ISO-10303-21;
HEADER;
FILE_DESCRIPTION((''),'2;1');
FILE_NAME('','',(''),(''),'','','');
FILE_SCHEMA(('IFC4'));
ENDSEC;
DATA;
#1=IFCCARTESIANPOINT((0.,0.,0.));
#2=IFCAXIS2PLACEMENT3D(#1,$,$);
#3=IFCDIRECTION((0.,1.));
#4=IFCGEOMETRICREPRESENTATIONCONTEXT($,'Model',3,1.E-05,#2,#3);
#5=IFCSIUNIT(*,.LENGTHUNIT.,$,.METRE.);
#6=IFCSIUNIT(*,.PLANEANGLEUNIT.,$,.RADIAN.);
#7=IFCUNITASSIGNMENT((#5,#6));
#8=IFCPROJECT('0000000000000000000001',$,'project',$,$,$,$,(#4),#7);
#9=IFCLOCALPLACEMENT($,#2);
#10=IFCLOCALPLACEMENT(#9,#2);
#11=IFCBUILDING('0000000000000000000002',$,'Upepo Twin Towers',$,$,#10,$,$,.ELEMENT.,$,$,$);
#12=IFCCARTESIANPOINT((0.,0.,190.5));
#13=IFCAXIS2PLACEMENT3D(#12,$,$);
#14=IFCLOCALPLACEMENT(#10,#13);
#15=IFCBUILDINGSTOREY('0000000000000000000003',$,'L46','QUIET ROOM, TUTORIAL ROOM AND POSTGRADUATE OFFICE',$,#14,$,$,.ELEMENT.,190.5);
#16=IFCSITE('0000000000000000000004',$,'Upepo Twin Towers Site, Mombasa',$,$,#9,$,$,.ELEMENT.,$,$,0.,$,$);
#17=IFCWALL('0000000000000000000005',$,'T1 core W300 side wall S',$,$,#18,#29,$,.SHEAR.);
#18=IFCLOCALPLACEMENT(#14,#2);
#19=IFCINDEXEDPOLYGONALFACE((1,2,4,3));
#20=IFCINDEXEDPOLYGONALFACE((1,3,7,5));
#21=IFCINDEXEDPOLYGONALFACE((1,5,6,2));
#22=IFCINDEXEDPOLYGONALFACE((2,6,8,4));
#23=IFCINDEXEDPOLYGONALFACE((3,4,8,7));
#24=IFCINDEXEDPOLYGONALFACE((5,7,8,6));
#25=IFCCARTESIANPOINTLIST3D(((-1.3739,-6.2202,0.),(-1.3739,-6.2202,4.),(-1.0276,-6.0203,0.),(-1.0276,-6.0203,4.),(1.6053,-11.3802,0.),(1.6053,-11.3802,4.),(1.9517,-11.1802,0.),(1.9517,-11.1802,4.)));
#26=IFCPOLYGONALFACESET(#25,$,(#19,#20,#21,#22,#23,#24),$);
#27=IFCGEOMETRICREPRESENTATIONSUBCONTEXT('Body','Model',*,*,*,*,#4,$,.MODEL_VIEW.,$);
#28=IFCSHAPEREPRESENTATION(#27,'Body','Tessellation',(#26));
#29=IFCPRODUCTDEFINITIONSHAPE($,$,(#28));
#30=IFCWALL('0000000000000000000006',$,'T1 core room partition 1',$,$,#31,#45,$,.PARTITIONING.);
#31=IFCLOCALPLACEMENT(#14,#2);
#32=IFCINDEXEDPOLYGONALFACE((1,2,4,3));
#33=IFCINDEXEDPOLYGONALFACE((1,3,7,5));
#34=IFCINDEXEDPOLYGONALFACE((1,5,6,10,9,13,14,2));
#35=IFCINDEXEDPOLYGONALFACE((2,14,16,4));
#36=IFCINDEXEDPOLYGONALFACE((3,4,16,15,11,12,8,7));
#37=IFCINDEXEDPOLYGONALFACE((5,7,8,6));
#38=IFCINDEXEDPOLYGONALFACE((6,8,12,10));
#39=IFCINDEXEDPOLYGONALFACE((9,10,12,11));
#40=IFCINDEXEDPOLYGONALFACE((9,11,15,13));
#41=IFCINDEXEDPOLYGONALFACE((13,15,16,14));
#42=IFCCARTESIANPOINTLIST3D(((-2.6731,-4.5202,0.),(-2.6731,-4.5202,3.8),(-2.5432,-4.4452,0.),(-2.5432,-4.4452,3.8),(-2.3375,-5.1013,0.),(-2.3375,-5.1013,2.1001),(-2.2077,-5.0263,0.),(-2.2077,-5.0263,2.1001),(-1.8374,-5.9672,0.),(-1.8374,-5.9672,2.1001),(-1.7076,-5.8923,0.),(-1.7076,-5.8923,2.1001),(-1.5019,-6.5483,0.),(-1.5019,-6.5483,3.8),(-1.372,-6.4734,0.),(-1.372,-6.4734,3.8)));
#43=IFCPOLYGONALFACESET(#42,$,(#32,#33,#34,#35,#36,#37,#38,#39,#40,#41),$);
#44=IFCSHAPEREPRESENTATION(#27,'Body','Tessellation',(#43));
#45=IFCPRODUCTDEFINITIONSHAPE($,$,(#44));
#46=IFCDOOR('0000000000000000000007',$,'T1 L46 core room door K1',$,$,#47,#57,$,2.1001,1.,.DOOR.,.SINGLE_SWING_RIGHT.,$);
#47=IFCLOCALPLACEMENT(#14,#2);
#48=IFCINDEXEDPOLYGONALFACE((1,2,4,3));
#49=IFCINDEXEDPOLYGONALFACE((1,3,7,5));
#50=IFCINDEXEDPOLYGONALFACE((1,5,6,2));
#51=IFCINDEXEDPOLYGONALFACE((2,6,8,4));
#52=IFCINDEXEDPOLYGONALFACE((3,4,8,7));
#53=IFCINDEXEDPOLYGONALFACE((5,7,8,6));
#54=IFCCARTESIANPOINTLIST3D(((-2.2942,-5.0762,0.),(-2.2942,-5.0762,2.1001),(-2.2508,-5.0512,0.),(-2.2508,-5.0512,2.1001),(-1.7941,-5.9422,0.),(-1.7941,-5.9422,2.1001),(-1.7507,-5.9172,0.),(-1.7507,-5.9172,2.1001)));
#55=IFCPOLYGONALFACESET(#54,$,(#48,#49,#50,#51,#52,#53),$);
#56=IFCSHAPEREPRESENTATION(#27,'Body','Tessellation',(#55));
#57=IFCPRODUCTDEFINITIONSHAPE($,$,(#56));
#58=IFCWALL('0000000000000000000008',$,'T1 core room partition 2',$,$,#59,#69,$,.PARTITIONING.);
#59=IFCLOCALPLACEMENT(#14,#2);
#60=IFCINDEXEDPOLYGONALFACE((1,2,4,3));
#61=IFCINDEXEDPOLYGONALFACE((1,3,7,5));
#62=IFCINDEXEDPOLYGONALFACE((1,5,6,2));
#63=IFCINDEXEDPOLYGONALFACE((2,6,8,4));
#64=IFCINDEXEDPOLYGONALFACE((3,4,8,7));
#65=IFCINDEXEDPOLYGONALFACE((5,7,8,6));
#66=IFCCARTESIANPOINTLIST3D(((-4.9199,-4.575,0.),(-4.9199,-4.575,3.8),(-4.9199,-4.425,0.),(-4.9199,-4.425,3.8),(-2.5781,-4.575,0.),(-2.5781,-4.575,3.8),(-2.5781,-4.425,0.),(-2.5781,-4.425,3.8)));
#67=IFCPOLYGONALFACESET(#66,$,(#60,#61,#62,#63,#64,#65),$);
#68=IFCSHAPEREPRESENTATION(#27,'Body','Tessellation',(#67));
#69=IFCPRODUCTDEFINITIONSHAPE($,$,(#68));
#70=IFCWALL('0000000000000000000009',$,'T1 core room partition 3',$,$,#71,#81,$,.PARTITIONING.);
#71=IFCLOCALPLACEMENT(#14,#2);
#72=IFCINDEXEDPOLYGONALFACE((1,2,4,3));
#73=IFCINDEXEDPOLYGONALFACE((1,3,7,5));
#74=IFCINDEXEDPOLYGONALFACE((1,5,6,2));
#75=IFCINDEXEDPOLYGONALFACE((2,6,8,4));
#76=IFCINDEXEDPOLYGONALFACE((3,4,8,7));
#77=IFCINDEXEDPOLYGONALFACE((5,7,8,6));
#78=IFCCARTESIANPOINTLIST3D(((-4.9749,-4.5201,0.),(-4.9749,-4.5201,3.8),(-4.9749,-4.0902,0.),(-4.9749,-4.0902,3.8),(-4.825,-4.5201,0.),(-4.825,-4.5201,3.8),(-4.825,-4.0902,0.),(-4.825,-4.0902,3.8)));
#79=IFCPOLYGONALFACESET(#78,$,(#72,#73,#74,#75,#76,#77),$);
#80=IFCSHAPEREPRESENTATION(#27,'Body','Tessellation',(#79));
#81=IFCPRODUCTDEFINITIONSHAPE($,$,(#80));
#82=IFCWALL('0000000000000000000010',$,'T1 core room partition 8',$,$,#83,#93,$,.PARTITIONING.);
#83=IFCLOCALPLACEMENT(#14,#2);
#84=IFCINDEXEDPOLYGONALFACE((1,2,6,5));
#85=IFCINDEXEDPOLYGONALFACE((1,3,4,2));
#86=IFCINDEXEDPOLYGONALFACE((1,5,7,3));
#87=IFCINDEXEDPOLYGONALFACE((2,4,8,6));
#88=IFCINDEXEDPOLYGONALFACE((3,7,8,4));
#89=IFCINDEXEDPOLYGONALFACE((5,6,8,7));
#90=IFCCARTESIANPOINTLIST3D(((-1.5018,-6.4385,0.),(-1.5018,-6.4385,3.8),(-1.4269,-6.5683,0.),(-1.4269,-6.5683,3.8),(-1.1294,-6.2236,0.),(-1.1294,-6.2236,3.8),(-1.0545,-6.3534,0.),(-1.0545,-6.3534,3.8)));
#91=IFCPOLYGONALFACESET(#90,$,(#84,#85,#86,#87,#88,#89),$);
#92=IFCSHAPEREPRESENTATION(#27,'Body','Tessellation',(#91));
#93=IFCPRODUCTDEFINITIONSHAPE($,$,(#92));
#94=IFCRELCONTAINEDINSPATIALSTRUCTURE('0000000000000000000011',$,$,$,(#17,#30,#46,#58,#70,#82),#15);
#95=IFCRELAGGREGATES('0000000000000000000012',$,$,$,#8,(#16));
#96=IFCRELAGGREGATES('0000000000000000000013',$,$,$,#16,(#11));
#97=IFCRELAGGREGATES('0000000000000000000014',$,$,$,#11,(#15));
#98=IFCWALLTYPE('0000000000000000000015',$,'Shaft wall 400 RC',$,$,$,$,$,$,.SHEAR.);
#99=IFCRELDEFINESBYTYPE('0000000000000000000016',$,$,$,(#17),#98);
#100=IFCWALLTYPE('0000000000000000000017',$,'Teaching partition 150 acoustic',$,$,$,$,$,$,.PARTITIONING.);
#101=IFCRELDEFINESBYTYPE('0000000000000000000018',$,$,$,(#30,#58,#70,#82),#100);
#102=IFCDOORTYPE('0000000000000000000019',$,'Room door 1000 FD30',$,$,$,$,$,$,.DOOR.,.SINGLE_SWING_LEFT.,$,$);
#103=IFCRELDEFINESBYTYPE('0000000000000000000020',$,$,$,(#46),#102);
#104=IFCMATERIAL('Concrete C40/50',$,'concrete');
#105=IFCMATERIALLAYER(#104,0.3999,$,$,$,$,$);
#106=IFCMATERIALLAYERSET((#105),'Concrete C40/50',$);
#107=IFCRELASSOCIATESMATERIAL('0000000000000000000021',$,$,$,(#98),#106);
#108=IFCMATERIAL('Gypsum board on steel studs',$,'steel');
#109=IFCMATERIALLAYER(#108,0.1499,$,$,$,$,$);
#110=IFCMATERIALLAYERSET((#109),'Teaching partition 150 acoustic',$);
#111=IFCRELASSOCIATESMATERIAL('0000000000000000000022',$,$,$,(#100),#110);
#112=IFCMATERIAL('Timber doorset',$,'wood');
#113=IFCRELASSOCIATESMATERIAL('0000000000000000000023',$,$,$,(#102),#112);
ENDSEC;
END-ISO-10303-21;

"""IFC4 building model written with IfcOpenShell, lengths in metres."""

from ifc_helpers import new_model, si_unit, direction, frame, frame_2d, origin, place, context, subcontext, project, spatial, rectangle, extrude, material, layer, layer_set, type_object, element, fill, save


model = new_model("IFC4")

# Units and contexts
model_context = context("Model", 3, precision=1e-05, world=origin(), true_north=direction((0.0, 1.0)))
body_context = subcontext(model_context, "Body", "Model", "MODEL_VIEW")
ifc_project = project(units=[si_unit("LENGTHUNIT", "METRE"), si_unit("PLANEANGLEUNIT", "RADIAN")], contexts=[model_context])

# Site, building, storey
site_placement = place(None, origin())
site = spatial("IfcSite", under=ifc_project, at=site_placement, Name="Upepo Twin Towers Site, Mombasa", CompositionType="ELEMENT", RefElevation=0.0)
building_placement = place(site_placement, origin())
building = spatial("IfcBuilding", under=site, at=building_placement, Name="Upepo Twin Towers", CompositionType="ELEMENT")
storey_placement = place(building_placement, frame((0.0, 0.0, 190.5)))
storey = spatial("IfcBuildingStorey", under=building, at=storey_placement, Name="L46", Description="QUIET ROOM, TUTORIAL ROOM AND POSTGRADUATE OFFICE", CompositionType="ELEMENT", Elevation=190.5)

# Wall
ifc_material_1 = material(Name="Concrete C40/50", Category="concrete")
ifc_layer_1 = layer(ifc_material_1, 0.3999)
ifc_layer_set_1 = layer_set([ifc_layer_1], Name="Concrete C40/50")
wall_type_1 = type_object("IfcWallType", Name="Shaft wall 400 RC", PredefinedType="SHEAR", material=ifc_layer_set_1)
wall_1_placement = place(storey_placement, frame((-1.2007, -6.1204, 0.0), z_axis=(0.0, 0.0, 1.0), x_axis=(0.500022, -0.866013, 0.0)))
element("IfcWall", 1, at=wall_1_placement, inside=storey, type_object=wall_type_1, Name="T1 core W300 side wall S", PredefinedType="SHEAR", context=body_context, shape_type="SweptSolid", body=[
    extrude(rectangle(XDim=5.9583, YDim=0.3999, at=frame_2d((2.979, 0.0))), origin(), (0.0, 0.0, 1.0), 4.0),
])

# Wall, opening, door
ifc_material_2 = material(Name="Gypsum board on steel studs", Category="steel")
ifc_layer_2 = layer(ifc_material_2, 0.1499)
ifc_layer_set_2 = layer_set([ifc_layer_2], Name="Teaching partition 150 acoustic")
wall_type_2 = type_object("IfcWallType", Name="Teaching partition 150 acoustic", PredefinedType="PARTITIONING", material=ifc_layer_set_2)
wall_2_placement = place(storey_placement, frame((-1.437, -6.5107, 0.0), z_axis=(0.0, 0.0, 1.0), x_axis=(-0.500074, 0.865982, 0.0)))
wall_2 = element("IfcWall", 2, at=wall_2_placement, inside=storey, type_object=wall_type_2, Name="T1 core room partition 1", PredefinedType="PARTITIONING", context=body_context, shape_type="SweptSolid", body=[
    extrude(rectangle(XDim=2.342, YDim=0.1499, at=frame_2d((1.1709, 0.0))), origin(), (0.0, 0.0, 1.0), 3.8),
])
opening_1_placement = place(wall_2_placement, frame((0.6709, 0.0, 0.0)))
opening_1 = element("IfcOpeningElement", 3, at=opening_1_placement, cuts=wall_2, PredefinedType="OPENING", context=body_context, shape_type="SweptSolid", body=[
    extrude(rectangle(XDim=1.0, YDim=2.1001, at=frame_2d((0.5, 1.05))), frame((0.0, 0.085, 0.0), z_axis=(0.0, -1.0, 0.0), x_axis=(1.0, 0.0, 0.0)), (0.0, 0.0, 1.0), 0.1699),
])
ifc_material_3 = material(Name="Timber doorset", Category="wood")
door_type_1 = type_object("IfcDoorType", Name="Room door 1000 FD30", OperationType="SINGLE_SWING_LEFT", PredefinedType="DOOR", material=ifc_material_3)
door_1_placement = place(opening_1_placement, origin())
door_1 = element("IfcDoor", 4, at=door_1_placement, inside=storey, type_object=door_type_1, Name="T1 L46 core room door K1", OperationType="SINGLE_SWING_RIGHT", OverallHeight=2.1001, OverallWidth=1.0, PredefinedType="DOOR", context=body_context, shape_type="SweptSolid", body=[
    extrude(rectangle(XDim=1.0, YDim=2.1001, at=frame_2d((0.5, 1.05))), frame((0.0, 0.0249, 0.0), z_axis=(0.0, -1.0, 0.0), x_axis=(1.0, 0.0, 0.0)), (0.0, 0.0, 1.0), 0.05),
])
fill(opening_1, door_1)

# Walls
wall_3_placement = place(storey_placement, frame((-2.5781, -4.5, 0.0), z_axis=(0.0, 0.0, 1.0), x_axis=(-1.0, 0.0, 0.0)))
element("IfcWall", 5, at=wall_3_placement, inside=storey, type_object=wall_type_2, Name="T1 core room partition 2", PredefinedType="PARTITIONING", context=body_context, shape_type="SweptSolid", body=[
    extrude(rectangle(XDim=2.3418, YDim=0.1499, at=frame_2d((1.1709, 0.0))), origin(), (0.0, 0.0, 1.0), 3.8),
])
for number, where, z_axis, x_axis, name in (
    (6, (-4.8999, -4.52, 0.0), (0.0, 0.0, 1.0), (0.0, 1.0, 0.0), "T1 core room partition 3"),
    (7, (-1.092, -6.2886, 0.0), (0.0, 0.0, 1.0), (-0.866138, -0.499804, 0.0), "T1 core room partition 8"),
):
    element("IfcWall", number, at=place(storey_placement, frame(where, z_axis=z_axis, x_axis=x_axis)), inside=storey, type_object=wall_type_2, Name=name, PredefinedType="PARTITIONING", context=body_context, shape_type="SweptSolid", body=[
        extrude(rectangle(XDim=0.4299, YDim=0.1499, at=frame_2d((0.2148, 0.0))), origin(), (0.0, 0.0, 1.0), 3.8),
    ])

save(model, "model.ifc")
